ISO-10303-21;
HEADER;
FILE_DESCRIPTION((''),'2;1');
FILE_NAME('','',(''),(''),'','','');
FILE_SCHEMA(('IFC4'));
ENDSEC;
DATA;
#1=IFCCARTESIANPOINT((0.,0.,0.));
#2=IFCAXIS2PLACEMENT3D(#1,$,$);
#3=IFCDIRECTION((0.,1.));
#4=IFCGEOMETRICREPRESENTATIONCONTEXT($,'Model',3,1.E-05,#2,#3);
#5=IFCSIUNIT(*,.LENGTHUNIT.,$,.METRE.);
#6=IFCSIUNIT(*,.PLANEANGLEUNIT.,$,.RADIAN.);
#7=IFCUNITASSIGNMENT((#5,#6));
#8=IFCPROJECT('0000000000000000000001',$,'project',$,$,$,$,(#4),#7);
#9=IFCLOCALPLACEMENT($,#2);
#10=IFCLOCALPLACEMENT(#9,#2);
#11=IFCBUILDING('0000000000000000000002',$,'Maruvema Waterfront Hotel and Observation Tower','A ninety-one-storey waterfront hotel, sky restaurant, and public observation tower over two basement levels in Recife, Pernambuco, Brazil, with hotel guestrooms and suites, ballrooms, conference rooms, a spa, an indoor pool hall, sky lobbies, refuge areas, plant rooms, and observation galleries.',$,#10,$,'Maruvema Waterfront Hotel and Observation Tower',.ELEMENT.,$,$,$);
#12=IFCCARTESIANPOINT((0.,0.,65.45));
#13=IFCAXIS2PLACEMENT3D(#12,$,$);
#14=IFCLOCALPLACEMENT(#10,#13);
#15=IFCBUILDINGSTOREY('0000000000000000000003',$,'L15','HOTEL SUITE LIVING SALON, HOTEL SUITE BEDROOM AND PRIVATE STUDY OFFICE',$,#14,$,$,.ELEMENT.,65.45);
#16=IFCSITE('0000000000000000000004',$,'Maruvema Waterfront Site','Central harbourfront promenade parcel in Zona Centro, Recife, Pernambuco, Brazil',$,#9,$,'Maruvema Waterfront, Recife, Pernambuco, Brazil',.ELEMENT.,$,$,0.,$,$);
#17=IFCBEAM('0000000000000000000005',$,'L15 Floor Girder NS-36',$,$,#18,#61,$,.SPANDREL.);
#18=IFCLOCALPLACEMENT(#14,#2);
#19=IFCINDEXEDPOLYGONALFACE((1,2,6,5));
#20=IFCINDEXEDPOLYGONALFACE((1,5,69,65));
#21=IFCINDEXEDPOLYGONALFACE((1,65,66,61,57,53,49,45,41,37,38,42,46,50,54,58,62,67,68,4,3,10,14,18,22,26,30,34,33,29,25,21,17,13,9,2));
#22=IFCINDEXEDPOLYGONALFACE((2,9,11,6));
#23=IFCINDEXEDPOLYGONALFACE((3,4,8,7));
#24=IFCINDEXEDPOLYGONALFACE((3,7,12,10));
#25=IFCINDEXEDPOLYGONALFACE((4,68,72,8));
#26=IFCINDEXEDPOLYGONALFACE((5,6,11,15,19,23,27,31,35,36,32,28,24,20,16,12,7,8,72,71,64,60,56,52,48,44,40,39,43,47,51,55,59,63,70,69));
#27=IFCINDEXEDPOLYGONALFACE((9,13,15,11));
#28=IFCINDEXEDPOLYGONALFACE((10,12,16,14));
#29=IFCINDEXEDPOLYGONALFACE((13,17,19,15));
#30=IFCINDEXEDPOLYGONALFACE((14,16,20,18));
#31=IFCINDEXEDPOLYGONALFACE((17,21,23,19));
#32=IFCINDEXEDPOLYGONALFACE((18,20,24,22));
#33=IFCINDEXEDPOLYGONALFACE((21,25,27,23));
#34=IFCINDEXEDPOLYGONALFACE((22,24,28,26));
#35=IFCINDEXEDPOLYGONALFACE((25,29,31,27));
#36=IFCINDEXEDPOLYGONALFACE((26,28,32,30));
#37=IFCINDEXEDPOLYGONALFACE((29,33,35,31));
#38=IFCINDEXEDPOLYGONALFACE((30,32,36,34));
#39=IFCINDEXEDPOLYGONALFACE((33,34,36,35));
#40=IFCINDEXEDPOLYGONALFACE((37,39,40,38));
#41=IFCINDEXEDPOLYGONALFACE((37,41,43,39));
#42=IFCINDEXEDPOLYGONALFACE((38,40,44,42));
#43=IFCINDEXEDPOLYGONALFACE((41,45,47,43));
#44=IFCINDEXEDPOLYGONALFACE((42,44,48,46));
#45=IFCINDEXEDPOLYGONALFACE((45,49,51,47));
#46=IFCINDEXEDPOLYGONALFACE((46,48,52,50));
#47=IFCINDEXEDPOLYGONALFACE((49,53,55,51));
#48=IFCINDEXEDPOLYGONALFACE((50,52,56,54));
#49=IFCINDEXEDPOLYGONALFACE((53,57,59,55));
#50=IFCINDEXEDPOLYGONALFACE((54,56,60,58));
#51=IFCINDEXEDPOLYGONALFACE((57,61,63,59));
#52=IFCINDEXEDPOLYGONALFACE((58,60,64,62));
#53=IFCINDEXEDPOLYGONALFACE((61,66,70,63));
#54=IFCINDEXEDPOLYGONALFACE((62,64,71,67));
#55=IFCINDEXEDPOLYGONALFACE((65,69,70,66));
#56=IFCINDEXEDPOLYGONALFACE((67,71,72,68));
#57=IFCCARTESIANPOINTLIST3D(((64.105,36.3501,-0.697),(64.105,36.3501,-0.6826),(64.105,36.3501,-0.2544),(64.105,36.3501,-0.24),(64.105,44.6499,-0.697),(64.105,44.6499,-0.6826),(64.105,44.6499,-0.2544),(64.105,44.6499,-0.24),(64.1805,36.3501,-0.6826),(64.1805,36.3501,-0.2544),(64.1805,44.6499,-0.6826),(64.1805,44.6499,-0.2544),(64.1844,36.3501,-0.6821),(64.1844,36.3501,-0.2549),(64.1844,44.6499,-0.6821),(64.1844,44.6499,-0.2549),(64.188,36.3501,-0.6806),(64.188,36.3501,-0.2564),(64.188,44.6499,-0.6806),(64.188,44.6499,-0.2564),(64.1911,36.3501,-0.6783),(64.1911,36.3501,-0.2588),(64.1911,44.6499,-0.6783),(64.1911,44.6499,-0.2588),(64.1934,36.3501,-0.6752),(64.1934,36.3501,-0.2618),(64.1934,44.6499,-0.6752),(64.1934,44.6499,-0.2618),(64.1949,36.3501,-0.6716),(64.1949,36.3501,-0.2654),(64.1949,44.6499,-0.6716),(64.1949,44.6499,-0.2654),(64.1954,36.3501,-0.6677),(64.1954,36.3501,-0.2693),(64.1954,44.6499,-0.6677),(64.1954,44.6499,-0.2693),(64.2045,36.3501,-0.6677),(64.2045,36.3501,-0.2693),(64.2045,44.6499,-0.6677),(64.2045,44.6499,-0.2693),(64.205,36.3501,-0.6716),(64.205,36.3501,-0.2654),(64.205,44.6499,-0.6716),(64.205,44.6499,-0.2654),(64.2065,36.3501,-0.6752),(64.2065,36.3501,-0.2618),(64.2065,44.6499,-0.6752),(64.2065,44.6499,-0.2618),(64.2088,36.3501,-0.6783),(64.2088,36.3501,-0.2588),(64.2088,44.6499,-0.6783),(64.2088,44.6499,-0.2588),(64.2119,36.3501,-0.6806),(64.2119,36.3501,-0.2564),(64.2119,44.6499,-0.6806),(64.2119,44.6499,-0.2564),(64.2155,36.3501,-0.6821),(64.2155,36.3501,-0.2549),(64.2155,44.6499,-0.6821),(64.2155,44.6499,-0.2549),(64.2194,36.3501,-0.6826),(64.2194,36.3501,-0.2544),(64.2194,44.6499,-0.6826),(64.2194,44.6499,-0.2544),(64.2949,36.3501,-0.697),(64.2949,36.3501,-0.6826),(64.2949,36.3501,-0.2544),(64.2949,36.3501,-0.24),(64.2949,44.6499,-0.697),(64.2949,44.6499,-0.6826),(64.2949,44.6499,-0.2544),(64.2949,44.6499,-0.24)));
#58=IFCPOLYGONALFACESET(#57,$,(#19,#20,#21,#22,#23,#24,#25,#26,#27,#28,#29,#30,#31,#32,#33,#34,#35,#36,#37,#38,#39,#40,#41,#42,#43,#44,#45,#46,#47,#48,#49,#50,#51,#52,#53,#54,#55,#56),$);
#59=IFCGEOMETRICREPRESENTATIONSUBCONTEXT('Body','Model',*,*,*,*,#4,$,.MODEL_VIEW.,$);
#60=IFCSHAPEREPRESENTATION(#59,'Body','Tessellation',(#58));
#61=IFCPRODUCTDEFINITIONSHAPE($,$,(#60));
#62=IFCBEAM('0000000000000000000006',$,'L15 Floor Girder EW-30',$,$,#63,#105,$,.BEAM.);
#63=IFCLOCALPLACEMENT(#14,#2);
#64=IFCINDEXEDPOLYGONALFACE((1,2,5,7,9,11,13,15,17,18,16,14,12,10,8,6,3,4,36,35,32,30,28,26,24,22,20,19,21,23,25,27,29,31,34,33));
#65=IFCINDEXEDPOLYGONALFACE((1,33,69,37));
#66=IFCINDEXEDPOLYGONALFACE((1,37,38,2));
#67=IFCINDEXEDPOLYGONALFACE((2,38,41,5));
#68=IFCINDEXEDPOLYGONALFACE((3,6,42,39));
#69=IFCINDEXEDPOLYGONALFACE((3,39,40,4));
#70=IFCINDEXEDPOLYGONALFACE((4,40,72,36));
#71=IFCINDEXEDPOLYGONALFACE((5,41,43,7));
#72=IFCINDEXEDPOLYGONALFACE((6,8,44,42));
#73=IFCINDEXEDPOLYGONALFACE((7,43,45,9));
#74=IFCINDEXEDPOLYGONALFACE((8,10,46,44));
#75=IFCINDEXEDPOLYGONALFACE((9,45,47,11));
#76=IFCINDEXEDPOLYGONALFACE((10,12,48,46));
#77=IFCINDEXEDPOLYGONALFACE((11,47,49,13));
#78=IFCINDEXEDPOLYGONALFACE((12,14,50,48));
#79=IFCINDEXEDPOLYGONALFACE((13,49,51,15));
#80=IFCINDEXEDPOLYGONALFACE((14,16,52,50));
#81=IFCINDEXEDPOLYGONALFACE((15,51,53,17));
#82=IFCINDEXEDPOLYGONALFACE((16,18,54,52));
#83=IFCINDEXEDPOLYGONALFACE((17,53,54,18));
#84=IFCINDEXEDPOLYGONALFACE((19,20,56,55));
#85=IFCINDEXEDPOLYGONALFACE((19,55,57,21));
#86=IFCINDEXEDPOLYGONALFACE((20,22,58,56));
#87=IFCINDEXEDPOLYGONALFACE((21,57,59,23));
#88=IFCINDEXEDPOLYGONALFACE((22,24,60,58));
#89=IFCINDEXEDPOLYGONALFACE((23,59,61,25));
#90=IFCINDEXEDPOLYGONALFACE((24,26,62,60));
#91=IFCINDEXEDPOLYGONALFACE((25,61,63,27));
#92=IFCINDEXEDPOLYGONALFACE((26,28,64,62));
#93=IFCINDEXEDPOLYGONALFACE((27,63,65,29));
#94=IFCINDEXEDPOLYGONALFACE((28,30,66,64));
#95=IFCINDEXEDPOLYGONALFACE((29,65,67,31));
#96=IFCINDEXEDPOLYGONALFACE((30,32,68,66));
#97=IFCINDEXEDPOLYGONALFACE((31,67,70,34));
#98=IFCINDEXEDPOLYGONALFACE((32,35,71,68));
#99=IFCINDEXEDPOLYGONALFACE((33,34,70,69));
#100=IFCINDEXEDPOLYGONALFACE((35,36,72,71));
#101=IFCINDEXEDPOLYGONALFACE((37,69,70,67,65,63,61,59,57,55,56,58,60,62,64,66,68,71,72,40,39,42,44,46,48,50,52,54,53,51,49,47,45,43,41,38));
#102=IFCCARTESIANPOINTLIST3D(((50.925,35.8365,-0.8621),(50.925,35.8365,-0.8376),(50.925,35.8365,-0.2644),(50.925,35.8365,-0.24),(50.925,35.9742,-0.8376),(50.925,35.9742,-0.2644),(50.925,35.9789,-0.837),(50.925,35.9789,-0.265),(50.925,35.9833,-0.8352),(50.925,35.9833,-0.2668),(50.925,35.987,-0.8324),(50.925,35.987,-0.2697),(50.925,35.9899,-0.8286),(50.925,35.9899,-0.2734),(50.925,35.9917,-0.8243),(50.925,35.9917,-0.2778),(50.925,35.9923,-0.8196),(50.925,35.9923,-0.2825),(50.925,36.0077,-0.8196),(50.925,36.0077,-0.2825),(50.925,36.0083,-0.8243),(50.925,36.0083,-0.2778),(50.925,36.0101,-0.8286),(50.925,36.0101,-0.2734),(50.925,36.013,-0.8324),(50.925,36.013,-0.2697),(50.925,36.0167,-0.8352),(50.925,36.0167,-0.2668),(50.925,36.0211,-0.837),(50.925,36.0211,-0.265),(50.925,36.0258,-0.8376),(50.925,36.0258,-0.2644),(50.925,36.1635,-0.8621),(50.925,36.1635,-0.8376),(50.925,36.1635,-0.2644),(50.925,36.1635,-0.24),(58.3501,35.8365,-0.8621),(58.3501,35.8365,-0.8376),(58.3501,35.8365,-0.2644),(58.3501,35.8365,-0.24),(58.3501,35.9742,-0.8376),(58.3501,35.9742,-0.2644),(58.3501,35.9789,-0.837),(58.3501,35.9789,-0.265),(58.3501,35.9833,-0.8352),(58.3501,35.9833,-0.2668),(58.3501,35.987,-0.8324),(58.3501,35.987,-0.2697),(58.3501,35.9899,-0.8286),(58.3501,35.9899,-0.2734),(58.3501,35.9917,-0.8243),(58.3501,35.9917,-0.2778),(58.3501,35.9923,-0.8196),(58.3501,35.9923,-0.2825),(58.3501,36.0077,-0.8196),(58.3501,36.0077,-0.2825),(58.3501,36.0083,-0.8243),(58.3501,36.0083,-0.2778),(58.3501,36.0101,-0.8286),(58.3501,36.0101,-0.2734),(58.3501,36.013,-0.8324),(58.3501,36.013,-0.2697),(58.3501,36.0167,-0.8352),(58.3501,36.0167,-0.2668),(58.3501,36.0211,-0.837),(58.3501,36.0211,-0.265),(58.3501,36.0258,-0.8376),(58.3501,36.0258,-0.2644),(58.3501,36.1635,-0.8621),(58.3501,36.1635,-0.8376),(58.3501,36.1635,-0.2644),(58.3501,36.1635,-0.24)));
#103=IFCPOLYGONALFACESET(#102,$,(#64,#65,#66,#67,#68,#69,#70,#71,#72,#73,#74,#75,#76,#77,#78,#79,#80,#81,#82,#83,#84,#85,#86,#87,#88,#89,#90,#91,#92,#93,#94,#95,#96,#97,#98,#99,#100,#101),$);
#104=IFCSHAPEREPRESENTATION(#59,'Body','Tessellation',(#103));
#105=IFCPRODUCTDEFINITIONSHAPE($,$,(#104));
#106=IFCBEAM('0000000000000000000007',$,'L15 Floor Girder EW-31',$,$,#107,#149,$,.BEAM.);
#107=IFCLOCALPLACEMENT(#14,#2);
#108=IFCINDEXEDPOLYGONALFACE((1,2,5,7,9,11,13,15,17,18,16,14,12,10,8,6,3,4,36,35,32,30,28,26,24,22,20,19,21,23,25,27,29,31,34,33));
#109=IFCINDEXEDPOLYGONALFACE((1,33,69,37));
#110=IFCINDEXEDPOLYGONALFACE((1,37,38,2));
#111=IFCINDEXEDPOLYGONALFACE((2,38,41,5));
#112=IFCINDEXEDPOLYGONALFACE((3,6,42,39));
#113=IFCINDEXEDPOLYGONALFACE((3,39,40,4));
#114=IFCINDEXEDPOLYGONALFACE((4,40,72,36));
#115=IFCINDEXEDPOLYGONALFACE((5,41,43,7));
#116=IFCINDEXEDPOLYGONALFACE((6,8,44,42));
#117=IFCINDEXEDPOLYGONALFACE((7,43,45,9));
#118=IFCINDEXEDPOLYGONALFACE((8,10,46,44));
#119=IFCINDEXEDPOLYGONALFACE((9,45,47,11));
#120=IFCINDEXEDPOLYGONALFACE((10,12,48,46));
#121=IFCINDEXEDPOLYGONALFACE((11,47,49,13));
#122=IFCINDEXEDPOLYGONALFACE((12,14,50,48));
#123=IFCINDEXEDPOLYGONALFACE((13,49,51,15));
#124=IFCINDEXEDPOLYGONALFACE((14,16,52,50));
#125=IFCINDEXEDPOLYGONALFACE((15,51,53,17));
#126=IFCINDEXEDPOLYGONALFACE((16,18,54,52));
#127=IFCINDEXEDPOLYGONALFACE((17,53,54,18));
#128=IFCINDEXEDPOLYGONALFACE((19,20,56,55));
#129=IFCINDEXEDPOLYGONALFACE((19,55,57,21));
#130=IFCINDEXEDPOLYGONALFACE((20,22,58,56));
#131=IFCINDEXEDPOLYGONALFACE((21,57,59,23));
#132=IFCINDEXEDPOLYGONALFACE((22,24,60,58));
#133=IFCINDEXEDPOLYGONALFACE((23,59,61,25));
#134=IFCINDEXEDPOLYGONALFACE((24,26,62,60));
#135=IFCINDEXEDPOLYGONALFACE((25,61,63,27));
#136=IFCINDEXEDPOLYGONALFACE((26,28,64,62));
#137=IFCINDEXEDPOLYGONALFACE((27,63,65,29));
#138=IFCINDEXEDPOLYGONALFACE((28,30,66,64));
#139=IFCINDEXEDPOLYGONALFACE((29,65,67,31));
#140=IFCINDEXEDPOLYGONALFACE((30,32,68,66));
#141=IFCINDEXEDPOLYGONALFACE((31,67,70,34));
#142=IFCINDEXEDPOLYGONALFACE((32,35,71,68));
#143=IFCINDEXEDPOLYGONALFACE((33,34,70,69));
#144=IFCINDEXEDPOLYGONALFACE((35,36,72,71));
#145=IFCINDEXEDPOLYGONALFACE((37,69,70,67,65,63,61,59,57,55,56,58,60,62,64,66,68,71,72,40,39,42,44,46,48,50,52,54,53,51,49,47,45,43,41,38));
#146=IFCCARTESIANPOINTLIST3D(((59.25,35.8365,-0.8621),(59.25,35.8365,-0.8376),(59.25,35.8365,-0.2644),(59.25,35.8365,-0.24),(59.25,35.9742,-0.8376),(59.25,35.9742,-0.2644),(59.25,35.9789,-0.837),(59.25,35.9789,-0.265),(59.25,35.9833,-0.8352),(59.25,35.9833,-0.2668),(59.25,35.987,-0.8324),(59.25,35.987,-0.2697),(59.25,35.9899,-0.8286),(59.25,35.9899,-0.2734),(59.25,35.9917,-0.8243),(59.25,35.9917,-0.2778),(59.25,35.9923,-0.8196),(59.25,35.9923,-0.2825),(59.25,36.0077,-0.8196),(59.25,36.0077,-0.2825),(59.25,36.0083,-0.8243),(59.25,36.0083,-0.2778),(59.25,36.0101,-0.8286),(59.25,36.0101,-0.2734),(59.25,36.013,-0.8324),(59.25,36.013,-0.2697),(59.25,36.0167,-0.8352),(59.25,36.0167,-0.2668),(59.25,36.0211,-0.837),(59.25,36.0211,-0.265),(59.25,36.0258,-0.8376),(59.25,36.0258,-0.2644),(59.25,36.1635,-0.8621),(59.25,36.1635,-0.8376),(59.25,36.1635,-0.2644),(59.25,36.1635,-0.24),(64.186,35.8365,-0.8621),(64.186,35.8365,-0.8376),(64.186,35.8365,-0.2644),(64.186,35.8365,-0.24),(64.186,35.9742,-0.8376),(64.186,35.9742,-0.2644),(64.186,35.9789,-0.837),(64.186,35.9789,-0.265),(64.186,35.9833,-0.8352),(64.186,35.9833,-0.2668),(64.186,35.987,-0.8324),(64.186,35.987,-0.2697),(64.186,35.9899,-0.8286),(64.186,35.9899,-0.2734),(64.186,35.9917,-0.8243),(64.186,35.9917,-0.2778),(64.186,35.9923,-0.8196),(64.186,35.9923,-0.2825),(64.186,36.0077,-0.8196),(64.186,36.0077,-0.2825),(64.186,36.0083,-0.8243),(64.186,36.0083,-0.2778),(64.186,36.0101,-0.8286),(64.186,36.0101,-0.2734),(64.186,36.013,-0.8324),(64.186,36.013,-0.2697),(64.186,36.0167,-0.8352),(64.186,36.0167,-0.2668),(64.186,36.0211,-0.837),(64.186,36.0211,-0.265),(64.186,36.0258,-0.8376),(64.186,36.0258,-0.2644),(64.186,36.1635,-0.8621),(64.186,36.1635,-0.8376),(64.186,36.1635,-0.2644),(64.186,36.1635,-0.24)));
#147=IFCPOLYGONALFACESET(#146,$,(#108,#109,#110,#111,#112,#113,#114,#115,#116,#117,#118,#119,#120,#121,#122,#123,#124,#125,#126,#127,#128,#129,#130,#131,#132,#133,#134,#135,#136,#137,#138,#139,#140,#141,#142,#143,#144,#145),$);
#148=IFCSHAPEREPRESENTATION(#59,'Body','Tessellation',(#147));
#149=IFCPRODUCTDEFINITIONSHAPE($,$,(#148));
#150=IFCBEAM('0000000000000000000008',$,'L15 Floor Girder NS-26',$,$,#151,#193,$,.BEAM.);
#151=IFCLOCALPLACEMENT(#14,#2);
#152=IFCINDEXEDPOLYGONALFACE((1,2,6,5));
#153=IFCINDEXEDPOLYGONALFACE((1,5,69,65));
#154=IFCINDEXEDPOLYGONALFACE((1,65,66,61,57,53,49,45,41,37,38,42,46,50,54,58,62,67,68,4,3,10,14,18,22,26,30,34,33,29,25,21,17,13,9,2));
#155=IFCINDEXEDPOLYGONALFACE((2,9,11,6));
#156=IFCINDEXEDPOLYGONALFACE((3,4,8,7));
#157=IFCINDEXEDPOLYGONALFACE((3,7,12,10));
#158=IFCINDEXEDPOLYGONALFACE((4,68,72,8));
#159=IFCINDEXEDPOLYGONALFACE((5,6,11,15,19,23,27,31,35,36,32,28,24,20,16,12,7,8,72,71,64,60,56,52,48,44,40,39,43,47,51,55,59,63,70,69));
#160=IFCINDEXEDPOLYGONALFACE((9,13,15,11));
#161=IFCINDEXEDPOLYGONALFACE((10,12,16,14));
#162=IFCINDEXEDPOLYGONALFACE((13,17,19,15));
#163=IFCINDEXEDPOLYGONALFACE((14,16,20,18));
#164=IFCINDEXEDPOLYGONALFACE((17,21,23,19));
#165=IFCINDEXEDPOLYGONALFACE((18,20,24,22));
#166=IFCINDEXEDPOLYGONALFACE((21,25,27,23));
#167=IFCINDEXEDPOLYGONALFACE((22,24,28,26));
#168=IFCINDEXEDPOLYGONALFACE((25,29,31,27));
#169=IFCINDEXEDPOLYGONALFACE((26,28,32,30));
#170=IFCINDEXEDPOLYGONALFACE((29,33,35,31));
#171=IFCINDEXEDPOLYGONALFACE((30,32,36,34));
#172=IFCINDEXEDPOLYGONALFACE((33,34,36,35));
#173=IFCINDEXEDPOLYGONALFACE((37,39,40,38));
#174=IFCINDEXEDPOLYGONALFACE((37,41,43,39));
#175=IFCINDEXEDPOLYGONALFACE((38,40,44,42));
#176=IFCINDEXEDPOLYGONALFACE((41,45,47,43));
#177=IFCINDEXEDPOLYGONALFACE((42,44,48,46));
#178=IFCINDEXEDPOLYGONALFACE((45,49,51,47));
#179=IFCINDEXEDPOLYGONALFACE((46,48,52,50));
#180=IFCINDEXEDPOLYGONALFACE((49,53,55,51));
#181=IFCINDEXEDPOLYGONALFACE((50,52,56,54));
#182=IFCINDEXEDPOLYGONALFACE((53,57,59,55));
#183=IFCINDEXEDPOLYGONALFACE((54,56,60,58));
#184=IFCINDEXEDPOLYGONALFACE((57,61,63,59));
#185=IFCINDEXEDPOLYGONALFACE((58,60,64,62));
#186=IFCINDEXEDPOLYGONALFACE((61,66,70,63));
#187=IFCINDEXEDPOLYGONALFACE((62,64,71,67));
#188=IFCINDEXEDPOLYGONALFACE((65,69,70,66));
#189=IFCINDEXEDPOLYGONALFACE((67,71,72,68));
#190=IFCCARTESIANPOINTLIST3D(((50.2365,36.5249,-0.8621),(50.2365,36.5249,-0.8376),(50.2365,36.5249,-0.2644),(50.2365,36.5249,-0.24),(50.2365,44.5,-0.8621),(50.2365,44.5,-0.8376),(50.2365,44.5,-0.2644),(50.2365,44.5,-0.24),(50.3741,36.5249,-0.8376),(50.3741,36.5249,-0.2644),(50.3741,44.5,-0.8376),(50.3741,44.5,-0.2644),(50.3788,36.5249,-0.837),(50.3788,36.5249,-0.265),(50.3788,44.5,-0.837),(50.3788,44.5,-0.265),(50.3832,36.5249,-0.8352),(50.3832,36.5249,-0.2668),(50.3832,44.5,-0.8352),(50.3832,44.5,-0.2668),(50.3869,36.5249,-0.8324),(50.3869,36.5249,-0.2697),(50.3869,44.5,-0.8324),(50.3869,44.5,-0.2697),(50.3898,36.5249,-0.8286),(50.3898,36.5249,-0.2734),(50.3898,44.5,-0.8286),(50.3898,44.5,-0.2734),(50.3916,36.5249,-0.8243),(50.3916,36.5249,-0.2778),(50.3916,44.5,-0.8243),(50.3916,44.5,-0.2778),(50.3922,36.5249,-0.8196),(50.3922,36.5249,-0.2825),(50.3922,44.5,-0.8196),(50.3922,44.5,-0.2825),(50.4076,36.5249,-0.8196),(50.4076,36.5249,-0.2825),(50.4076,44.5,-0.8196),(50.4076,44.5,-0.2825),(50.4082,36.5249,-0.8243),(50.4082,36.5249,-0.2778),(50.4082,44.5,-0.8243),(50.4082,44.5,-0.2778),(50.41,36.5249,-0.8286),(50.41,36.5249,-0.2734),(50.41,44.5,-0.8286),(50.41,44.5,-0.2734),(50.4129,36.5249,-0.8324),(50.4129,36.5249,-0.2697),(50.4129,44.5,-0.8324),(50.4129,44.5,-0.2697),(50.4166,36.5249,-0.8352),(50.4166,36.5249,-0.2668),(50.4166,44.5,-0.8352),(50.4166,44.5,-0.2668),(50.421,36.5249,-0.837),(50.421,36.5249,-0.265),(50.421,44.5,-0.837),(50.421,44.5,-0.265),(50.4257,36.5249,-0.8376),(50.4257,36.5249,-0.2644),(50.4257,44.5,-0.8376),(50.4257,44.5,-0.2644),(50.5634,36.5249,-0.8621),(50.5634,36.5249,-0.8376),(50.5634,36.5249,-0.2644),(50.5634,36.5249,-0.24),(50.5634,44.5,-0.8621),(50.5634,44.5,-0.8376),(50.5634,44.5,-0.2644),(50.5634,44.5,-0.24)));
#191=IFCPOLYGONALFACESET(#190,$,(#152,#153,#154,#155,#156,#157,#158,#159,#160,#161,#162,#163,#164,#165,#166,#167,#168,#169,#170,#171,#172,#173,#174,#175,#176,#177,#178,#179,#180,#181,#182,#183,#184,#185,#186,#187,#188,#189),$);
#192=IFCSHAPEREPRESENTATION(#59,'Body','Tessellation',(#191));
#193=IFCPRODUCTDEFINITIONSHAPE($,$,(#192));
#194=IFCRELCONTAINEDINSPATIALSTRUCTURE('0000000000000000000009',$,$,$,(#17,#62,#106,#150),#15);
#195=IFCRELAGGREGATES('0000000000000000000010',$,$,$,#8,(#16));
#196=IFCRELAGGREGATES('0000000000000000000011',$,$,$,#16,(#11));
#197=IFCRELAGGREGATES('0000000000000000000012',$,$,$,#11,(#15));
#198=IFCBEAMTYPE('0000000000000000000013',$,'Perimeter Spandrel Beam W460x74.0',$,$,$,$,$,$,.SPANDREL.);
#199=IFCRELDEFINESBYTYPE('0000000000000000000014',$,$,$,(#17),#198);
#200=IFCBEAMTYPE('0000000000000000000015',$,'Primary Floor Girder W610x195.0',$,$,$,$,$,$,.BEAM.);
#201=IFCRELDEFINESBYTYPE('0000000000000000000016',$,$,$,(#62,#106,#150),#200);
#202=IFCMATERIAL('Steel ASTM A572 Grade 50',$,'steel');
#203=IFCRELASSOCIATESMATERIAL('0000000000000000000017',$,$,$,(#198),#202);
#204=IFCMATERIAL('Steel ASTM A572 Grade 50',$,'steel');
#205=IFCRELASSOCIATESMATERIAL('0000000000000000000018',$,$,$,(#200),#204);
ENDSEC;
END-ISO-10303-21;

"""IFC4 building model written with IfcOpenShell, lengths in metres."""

from ifc_helpers import new_model, si_unit, direction, frame, origin, origin_2d, place, context, subcontext, project, spatial, i_section, extrude, material, material_profile, profile_set, type_object, element, save


model = new_model("IFC4")

# Units and contexts
model_context = context("Model", 3, precision=1e-05, world=origin(), true_north=direction((0.0, 1.0)))
body_context = subcontext(model_context, "Body", "Model", "MODEL_VIEW")
ifc_project = project(units=[si_unit("LENGTHUNIT", "METRE"), si_unit("PLANEANGLEUNIT", "RADIAN")], contexts=[model_context])

# Site, building, storey
site_placement = place(None, origin())
site = spatial("IfcSite", under=ifc_project, at=site_placement, Name="Maruvema Waterfront Site", Description="Central harbourfront promenade parcel in Zona Centro, Recife, Pernambuco, Brazil", LongName="Maruvema Waterfront, Recife, Pernambuco, Brazil", CompositionType="ELEMENT", RefElevation=0.0)
building_placement = place(site_placement, origin())
building = spatial("IfcBuilding", under=site, at=building_placement, Name="Maruvema Waterfront Hotel and Observation Tower", Description="A ninety-one-storey waterfront hotel, sky restaurant, and public observation tower over two basement levels in Recife, Pernambuco, Brazil, with hotel guestrooms and suites, ballrooms, conference rooms, a spa, an indoor pool hall, sky lobbies, refuge areas, plant rooms, and observation galleries.", LongName="Maruvema Waterfront Hotel and Observation Tower", CompositionType="ELEMENT")
storey_placement = place(building_placement, frame((0.0, 0.0, 65.45)))
storey = spatial("IfcBuildingStorey", under=building, at=storey_placement, Name="L15", Description="HOTEL SUITE LIVING SALON, HOTEL SUITE BEDROOM AND PRIVATE STUDY OFFICE", CompositionType="ELEMENT", Elevation=65.45)

# Beams
ifc_material_1 = material(Name="Steel ASTM A572 Grade 50", Category="steel")
ifc_material_profile_1 = material_profile(ifc_material_1, i_section(OverallWidth=0.1899, OverallDepth=0.457, WebThickness=0.009, FlangeThickness=0.0144, FilletRadius=0.0149, at=origin_2d()), Name="W460x74.0")
ifc_profile_set_1 = profile_set([ifc_material_profile_1], Name="Steel ASTM A572 Grade 50")
beam_type_1 = type_object("IfcBeamType", Name="Perimeter Spandrel Beam W460x74.0", PredefinedType="SPANDREL", material=ifc_profile_set_1)
beam_1_placement = place(storey_placement, frame((64.2, 36.3501, -0.4685), z_axis=(0.0, 1.0, 0.0), x_axis=(-1.0, 0.0, 0.0)))
element("IfcBeam", 1, at=beam_1_placement, inside=storey, type_object=beam_type_1, Name="L15 Floor Girder NS-36", PredefinedType="SPANDREL", context=body_context, shape_type="SweptSolid", body=[
    extrude(i_section(OverallWidth=0.1899, OverallDepth=0.457, WebThickness=0.009, FlangeThickness=0.0144, FilletRadius=0.0149, at=origin_2d()), origin(), (0.0, 0.0, 1.0), 8.2998),
])
ifc_material_2 = material(Name="Steel ASTM A572 Grade 50", Category="steel")
ifc_material_profile_2 = material_profile(ifc_material_2, i_section(OverallWidth=0.3269, OverallDepth=0.6221, WebThickness=0.0154, FlangeThickness=0.0244, FilletRadius=0.0181, at=origin_2d()), Name="W610x195.0")
ifc_profile_set_2 = profile_set([ifc_material_profile_2], Name="Steel ASTM A572 Grade 50")
beam_type_2 = type_object("IfcBeamType", Name="Primary Floor Girder W610x195.0", PredefinedType="BEAM", material=ifc_profile_set_2)
beam_2_placement = place(storey_placement, frame((50.925, 36.0, -0.551), z_axis=(1.0, 0.0, 0.0), x_axis=(0.0, 1.0, 0.0)))
element("IfcBeam", 2, at=beam_2_placement, inside=storey, type_object=beam_type_2, Name="L15 Floor Girder EW-30", PredefinedType="BEAM", context=body_context, shape_type="SweptSolid", body=[
    extrude(i_section(OverallWidth=0.3269, OverallDepth=0.6221, WebThickness=0.0154, FlangeThickness=0.0244, FilletRadius=0.0181, at=origin_2d()), origin(), (0.0, 0.0, 1.0), 7.425),
])
beam_3_placement = place(storey_placement, frame((59.25, 36.0, -0.551), z_axis=(1.0, 0.0, 0.0), x_axis=(0.0, 1.0, 0.0)))
element("IfcBeam", 3, at=beam_3_placement, inside=storey, type_object=beam_type_2, Name="L15 Floor Girder EW-31", PredefinedType="BEAM", context=body_context, shape_type="SweptSolid", body=[
    extrude(i_section(OverallWidth=0.3269, OverallDepth=0.6221, WebThickness=0.0154, FlangeThickness=0.0244, FilletRadius=0.0181, at=origin_2d()), origin(), (0.0, 0.0, 1.0), 4.936),
])
beam_4_placement = place(storey_placement, frame((50.3999, 36.5249, -0.551), z_axis=(0.0, 1.0, 0.0), x_axis=(-1.0, 0.0, 0.0)))
element("IfcBeam", 4, at=beam_4_placement, inside=storey, type_object=beam_type_2, Name="L15 Floor Girder NS-26", PredefinedType="BEAM", context=body_context, shape_type="SweptSolid", body=[
    extrude(i_section(OverallWidth=0.3269, OverallDepth=0.6221, WebThickness=0.0154, FlangeThickness=0.0244, FilletRadius=0.0181, at=origin_2d()), origin(), (0.0, 0.0, 1.0), 7.9751),
])

save(model, "model.ifc")
